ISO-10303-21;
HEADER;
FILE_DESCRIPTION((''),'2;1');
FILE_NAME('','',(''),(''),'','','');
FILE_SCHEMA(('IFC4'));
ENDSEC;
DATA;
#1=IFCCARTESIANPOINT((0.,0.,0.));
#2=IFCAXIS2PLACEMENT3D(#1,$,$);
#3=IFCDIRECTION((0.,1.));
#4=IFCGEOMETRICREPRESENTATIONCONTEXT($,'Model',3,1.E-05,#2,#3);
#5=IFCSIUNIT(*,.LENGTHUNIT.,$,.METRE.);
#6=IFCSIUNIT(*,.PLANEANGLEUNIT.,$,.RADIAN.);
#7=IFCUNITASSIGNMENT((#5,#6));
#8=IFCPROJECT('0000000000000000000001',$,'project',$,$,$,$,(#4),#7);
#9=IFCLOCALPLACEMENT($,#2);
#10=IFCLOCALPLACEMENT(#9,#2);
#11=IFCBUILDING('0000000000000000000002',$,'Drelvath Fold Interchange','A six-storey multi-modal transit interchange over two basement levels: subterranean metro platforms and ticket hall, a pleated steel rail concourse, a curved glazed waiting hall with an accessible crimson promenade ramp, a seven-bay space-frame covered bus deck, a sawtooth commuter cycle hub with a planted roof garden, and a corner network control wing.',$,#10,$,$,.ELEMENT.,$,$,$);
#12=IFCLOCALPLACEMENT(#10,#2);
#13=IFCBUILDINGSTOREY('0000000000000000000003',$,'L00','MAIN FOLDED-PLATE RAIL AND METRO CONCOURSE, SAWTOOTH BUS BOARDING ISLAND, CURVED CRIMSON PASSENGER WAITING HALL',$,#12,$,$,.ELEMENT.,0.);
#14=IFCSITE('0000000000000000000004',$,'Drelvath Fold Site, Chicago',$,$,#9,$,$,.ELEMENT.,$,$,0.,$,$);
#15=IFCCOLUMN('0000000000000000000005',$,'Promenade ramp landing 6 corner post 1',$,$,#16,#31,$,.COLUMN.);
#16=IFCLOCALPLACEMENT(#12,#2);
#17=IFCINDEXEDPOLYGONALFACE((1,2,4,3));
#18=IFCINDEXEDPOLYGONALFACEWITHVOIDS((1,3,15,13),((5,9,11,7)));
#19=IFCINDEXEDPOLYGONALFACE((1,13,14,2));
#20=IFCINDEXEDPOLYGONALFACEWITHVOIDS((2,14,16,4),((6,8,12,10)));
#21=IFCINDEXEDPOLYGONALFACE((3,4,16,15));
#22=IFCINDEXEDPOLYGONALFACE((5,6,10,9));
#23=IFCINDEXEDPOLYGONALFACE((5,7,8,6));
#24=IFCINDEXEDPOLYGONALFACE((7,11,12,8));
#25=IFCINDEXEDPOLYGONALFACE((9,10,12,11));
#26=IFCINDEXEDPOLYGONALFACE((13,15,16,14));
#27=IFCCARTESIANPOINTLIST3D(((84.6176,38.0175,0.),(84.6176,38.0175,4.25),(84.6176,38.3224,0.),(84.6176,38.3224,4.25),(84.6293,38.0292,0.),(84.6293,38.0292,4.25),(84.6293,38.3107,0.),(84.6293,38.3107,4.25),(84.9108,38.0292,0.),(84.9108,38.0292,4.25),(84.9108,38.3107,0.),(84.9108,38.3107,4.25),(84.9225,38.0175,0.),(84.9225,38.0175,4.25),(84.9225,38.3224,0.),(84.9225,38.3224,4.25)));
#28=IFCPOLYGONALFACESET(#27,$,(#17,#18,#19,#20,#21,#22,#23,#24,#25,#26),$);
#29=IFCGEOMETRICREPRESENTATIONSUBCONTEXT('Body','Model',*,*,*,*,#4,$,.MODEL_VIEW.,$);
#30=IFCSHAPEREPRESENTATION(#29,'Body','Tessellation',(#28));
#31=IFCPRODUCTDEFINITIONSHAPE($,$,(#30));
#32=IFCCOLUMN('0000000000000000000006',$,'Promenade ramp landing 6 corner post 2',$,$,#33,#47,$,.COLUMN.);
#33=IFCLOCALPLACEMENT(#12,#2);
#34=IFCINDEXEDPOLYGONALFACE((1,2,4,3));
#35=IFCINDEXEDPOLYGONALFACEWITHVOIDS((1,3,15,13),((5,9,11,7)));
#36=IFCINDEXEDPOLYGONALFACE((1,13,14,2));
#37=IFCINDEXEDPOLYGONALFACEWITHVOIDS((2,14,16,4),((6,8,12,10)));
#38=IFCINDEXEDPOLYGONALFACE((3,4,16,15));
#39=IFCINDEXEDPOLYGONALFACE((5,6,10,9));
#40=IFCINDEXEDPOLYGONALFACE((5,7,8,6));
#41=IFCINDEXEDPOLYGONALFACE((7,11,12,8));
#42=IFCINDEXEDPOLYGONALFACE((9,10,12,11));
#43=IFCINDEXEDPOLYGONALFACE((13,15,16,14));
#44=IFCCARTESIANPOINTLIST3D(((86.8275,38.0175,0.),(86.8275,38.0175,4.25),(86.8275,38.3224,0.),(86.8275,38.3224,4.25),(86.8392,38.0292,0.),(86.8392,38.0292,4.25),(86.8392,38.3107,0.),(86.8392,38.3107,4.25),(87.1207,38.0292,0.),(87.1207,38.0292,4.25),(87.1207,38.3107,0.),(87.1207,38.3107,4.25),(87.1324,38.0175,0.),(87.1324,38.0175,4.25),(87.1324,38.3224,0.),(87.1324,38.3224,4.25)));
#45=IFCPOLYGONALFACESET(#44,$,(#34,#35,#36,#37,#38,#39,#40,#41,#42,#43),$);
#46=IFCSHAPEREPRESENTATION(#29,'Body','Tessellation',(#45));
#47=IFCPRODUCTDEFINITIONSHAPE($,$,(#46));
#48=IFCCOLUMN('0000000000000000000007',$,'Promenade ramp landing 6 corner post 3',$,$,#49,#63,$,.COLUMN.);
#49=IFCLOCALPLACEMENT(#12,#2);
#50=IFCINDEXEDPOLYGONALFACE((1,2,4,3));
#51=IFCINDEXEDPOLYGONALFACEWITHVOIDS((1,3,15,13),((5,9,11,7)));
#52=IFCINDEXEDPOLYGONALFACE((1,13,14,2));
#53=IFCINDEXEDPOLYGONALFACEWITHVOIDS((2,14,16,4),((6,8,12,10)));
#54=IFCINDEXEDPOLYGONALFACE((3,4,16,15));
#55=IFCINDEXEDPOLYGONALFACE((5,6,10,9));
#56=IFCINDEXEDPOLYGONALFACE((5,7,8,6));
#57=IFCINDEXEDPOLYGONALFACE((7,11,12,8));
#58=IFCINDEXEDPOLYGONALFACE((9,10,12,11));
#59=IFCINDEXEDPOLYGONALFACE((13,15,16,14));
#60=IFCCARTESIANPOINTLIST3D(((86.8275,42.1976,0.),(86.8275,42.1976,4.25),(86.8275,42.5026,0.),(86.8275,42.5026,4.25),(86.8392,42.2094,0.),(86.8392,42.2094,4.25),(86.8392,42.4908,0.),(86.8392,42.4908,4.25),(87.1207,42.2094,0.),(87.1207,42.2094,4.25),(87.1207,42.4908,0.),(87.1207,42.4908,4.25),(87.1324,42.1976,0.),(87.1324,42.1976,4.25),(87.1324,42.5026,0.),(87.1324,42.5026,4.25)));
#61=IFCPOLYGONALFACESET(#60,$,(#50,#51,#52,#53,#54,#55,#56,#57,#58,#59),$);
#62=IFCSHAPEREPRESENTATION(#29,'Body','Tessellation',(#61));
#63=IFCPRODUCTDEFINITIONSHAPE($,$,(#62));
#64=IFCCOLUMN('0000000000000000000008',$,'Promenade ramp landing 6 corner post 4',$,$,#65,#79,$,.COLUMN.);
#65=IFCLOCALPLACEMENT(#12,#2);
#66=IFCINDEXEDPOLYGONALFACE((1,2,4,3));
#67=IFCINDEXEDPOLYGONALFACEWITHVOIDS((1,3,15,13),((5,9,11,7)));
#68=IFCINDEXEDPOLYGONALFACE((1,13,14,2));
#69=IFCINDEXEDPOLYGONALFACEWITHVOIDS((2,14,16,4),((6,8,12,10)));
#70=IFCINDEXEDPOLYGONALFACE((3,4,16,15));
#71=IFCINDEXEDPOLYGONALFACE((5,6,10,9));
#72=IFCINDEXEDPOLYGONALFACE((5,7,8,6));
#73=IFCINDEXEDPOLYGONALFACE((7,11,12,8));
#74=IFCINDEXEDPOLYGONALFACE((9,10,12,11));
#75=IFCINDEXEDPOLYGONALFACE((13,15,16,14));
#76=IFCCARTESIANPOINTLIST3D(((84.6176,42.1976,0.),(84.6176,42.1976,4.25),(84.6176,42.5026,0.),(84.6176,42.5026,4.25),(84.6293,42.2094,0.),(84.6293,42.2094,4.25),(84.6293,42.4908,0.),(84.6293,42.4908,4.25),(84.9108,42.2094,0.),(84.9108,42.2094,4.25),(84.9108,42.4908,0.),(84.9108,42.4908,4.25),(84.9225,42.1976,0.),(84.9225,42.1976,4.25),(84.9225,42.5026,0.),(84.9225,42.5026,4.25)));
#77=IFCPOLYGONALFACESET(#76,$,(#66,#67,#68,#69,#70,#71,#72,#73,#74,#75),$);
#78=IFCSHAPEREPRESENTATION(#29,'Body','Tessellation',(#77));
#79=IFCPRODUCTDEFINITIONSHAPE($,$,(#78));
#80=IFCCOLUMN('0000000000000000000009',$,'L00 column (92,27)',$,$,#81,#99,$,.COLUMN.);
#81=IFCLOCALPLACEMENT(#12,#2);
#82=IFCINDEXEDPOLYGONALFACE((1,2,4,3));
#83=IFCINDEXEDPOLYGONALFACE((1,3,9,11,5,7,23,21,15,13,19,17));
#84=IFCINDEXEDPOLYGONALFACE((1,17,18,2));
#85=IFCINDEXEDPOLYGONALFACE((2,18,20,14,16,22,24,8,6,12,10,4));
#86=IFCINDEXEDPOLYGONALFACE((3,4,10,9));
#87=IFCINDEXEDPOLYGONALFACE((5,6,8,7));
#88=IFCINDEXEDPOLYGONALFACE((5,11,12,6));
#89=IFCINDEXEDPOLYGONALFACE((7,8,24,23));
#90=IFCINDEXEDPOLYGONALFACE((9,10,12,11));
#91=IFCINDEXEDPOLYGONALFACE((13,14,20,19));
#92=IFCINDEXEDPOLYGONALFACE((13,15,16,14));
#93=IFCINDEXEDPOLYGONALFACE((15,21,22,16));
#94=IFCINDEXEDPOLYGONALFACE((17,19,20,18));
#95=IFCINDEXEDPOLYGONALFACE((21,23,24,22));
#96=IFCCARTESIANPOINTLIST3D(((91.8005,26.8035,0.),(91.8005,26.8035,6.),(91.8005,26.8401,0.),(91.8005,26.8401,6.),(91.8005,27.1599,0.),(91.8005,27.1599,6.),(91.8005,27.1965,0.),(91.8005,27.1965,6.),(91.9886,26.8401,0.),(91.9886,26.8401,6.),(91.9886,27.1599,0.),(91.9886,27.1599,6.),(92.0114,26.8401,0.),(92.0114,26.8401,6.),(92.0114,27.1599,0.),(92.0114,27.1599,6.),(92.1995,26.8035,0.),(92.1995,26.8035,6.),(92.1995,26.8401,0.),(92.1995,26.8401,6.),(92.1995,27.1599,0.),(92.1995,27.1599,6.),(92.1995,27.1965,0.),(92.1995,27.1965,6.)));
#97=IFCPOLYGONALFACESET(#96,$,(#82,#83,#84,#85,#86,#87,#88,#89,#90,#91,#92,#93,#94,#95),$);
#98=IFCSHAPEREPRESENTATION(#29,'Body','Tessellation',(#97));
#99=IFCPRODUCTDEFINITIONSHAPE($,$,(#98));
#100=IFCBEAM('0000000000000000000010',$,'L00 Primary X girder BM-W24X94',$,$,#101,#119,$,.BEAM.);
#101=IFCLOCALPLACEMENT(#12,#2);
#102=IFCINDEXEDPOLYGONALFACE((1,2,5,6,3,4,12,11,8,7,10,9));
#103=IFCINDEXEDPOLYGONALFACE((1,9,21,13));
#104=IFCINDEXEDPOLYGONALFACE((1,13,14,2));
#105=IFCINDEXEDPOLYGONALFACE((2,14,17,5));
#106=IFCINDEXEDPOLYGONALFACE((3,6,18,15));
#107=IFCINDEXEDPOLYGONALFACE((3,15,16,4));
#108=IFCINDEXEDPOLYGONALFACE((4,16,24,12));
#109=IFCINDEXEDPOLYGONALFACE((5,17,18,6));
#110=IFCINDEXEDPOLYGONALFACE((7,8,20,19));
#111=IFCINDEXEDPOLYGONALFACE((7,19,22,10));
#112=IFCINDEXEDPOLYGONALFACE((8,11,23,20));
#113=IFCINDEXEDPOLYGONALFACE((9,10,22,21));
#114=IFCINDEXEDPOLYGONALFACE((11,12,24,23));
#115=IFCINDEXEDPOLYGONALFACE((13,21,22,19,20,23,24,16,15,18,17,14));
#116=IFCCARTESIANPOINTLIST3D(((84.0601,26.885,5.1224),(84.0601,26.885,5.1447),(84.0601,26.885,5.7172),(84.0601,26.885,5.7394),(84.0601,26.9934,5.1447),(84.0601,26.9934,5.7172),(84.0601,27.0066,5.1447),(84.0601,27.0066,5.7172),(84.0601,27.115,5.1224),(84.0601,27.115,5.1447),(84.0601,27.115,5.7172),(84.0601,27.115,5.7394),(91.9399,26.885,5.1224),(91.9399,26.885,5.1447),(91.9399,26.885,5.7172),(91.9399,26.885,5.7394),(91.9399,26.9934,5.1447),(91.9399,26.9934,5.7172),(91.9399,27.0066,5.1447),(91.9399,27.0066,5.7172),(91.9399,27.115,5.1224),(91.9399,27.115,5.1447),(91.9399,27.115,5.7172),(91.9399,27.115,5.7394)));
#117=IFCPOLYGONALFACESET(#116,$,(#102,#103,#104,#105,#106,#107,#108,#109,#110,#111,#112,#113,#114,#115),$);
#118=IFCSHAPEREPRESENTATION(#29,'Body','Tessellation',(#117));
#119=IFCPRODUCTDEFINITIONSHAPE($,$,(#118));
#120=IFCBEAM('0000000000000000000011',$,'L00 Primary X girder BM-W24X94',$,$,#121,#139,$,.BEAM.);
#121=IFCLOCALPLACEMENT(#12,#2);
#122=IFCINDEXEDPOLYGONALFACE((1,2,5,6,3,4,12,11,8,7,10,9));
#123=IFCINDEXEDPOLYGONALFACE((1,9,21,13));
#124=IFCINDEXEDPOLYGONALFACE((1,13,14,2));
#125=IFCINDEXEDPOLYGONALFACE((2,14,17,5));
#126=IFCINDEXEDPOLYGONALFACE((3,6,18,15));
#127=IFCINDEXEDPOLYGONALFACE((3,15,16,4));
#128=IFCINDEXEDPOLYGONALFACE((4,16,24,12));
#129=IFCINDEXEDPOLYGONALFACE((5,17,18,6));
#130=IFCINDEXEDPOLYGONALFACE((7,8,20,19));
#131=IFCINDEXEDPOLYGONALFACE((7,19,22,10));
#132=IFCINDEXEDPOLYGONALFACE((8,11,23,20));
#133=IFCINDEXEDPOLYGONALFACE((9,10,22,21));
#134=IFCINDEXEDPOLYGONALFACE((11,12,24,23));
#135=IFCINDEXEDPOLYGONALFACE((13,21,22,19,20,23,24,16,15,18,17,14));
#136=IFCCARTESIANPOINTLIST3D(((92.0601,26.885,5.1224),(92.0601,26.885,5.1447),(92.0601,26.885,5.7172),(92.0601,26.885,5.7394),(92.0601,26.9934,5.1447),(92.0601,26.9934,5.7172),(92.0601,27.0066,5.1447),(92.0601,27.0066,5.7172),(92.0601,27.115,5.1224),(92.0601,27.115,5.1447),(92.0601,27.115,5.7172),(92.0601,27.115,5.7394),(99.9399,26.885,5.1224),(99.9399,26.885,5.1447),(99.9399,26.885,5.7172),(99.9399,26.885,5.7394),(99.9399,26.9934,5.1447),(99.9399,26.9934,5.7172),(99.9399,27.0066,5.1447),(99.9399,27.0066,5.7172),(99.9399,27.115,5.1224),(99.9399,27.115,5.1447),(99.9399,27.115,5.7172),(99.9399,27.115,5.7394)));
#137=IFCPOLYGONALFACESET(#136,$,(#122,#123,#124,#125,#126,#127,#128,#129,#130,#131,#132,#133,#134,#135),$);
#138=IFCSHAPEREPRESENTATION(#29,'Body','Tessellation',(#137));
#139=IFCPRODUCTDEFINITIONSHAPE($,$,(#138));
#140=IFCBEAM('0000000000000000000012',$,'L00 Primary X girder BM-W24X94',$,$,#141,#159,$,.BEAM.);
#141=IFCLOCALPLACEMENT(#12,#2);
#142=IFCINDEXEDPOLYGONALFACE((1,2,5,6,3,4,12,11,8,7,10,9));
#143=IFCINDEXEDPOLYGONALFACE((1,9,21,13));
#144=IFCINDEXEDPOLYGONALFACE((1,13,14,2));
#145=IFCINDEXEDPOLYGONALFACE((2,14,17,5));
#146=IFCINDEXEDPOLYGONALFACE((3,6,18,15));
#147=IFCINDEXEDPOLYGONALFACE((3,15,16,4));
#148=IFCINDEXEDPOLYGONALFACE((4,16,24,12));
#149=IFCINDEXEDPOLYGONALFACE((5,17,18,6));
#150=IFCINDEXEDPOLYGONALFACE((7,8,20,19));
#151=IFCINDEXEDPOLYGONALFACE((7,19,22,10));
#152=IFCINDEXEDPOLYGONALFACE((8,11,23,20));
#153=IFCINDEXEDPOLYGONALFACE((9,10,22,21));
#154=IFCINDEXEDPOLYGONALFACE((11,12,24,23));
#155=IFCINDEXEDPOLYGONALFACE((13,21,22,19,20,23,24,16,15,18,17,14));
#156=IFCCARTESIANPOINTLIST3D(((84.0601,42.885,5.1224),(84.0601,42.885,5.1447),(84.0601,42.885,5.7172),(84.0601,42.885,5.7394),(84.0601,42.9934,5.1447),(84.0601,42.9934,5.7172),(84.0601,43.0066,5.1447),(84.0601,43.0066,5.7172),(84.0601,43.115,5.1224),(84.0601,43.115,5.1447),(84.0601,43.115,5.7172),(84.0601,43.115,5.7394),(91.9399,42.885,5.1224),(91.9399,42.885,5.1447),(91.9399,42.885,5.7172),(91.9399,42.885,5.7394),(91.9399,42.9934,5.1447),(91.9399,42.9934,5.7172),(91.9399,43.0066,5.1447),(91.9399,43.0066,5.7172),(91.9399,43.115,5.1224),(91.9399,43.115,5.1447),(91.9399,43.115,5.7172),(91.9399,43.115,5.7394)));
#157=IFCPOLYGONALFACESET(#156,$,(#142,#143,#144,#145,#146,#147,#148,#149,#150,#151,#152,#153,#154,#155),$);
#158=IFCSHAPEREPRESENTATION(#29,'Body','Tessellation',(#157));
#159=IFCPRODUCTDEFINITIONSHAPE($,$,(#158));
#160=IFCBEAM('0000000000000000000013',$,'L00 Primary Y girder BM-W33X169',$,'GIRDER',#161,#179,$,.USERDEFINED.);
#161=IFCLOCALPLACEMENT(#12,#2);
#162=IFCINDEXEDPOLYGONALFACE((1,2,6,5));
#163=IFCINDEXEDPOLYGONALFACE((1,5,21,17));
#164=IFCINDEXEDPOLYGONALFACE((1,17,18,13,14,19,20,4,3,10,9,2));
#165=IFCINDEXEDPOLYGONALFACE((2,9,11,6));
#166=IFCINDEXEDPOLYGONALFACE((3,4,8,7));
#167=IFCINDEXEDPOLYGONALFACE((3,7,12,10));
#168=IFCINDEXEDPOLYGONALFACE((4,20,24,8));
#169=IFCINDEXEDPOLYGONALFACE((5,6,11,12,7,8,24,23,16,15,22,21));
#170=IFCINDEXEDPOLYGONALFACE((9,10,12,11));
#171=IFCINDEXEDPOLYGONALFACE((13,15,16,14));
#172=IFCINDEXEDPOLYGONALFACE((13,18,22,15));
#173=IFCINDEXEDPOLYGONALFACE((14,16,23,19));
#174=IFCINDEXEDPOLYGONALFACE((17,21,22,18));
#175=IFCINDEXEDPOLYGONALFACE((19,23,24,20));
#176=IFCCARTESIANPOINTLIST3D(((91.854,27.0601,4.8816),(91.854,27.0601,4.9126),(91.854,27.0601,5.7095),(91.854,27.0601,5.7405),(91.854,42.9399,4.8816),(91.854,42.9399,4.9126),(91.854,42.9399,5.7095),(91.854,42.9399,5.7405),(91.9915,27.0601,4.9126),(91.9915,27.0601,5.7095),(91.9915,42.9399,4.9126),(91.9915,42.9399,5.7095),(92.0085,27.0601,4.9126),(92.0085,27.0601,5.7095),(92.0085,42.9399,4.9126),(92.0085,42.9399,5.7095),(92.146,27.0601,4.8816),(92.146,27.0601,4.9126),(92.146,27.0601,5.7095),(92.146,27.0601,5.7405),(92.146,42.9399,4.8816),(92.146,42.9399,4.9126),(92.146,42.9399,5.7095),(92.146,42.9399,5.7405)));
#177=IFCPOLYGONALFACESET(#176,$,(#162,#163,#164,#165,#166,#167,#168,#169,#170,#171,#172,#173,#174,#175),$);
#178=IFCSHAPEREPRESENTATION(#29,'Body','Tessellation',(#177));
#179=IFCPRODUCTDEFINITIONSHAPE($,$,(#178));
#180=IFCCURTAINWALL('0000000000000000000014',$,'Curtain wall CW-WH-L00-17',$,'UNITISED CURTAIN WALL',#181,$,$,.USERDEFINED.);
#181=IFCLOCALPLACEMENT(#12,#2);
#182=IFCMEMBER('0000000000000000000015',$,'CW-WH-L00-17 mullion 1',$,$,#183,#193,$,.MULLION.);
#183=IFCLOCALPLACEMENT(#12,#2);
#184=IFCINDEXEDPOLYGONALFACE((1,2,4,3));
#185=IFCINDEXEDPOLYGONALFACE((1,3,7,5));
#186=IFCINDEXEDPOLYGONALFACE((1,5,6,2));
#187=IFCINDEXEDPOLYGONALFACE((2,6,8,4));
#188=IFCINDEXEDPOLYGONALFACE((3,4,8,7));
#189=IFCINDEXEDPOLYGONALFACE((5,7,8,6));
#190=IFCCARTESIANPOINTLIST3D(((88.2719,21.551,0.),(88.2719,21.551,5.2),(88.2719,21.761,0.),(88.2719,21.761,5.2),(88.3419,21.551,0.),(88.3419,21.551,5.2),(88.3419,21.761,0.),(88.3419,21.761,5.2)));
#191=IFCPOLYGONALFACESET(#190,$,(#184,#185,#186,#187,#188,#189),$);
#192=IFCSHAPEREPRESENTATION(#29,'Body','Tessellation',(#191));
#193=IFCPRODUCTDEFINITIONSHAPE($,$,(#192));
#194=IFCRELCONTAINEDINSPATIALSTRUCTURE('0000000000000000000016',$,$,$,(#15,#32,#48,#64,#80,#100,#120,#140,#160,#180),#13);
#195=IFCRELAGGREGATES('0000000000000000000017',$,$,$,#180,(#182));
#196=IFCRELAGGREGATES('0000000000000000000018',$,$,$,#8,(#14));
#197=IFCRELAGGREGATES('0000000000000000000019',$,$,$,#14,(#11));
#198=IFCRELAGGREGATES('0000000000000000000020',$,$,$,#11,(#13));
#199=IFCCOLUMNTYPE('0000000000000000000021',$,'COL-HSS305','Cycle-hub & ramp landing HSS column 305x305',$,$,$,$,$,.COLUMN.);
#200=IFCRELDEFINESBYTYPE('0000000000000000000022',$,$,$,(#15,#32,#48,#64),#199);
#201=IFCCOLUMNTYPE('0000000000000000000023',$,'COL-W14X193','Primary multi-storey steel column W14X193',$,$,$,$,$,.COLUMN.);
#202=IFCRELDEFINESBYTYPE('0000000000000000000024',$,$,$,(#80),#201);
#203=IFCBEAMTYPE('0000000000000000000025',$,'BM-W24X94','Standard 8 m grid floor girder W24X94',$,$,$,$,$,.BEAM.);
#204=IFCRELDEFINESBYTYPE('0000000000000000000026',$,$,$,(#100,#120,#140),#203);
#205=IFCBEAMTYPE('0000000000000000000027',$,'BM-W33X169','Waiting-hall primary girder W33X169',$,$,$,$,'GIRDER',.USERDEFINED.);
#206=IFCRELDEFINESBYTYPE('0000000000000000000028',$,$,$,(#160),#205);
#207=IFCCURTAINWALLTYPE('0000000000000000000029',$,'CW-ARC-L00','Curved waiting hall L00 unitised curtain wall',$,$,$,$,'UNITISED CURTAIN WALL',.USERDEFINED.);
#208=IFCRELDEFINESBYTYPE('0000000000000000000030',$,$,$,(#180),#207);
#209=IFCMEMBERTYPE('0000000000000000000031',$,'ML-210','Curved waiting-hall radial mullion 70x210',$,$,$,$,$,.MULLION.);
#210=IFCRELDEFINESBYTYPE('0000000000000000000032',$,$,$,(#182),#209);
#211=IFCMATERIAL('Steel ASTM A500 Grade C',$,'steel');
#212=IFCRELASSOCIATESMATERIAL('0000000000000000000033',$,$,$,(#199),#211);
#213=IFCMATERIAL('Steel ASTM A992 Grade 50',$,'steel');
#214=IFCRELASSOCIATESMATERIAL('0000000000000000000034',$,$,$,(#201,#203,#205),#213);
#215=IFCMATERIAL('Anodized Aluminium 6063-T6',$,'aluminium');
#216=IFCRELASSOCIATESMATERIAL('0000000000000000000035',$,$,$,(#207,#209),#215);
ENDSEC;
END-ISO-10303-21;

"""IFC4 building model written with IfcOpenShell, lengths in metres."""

from ifc_helpers import new_model, si_unit, direction, frame, origin, origin_2d, place, context, subcontext, project, spatial, rectangle, hollow_rectangle, i_section, extrude, material, material_profile, profile_set, type_object, element, aggregate, save


model = new_model("IFC4")

# Units and contexts
model_context = context("Model", 3, precision=1e-05, world=origin(), true_north=direction((0.0, 1.0)))
body_context = subcontext(model_context, "Body", "Model", "MODEL_VIEW")
ifc_project = project(units=[si_unit("LENGTHUNIT", "METRE"), si_unit("PLANEANGLEUNIT", "RADIAN")], contexts=[model_context])

# Site, building, storey
site_placement = place(None, origin())
site = spatial("IfcSite", under=ifc_project, at=site_placement, Name="Drelvath Fold Site, Chicago", CompositionType="ELEMENT", RefElevation=0.0)
building_placement = place(site_placement, origin())
building = spatial("IfcBuilding", under=site, at=building_placement, Name="Drelvath Fold Interchange", Description="A six-storey multi-modal transit interchange over two basement levels: subterranean metro platforms and ticket hall, a pleated steel rail concourse, a curved glazed waiting hall with an accessible crimson promenade ramp, a seven-bay space-frame covered bus deck, a sawtooth commuter cycle hub with a planted roof garden, and a corner network control wing.", CompositionType="ELEMENT")
storey_placement = place(building_placement, origin())
storey = spatial("IfcBuildingStorey", under=building, at=storey_placement, Name="L00", Description="MAIN FOLDED-PLATE RAIL AND METRO CONCOURSE, SAWTOOTH BUS BOARDING ISLAND, CURVED CRIMSON PASSENGER WAITING HALL", CompositionType="ELEMENT", Elevation=0.0)

# Columns
ifc_material_1 = material(Name="Steel ASTM A500 Grade C", Category="steel")
ifc_material_profile_1 = material_profile(ifc_material_1, hollow_rectangle(XDim=0.3049, YDim=0.3049, WallThickness=0.0117, at=origin_2d()), Name="HSS12X12X1/2")
ifc_profile_set_1 = profile_set([ifc_material_profile_1], Name="Steel ASTM A500 Grade C")
column_type_1 = type_object("IfcColumnType", Name="COL-HSS305", Description="Cycle-hub & ramp landing HSS column 305x305", PredefinedType="COLUMN", material=ifc_profile_set_1)
for number, where, z_axis, x_axis, name in (
    (1, (84.77, 38.1699, 0.0), (0.0, 0.0, 1.0), (1.0, 0.0, 0.0), "Promenade ramp landing 6 corner post 1"),
    (2, (86.98, 38.1699, 0.0), (0.0, 0.0, 1.0), (1.0, 0.0, 0.0), "Promenade ramp landing 6 corner post 2"),
    (3, (86.98, 42.3501, 0.0), (0.0, 0.0, 1.0), (1.0, 0.0, 0.0), "Promenade ramp landing 6 corner post 3"),
    (4, (84.77, 42.3501, 0.0), (0.0, 0.0, 1.0), (1.0, 0.0, 0.0), "Promenade ramp landing 6 corner post 4"),
):
    element("IfcColumn", number, at=place(storey_placement, frame(where, z_axis=z_axis, x_axis=x_axis)), inside=storey, type_object=column_type_1, Name=name, PredefinedType="COLUMN", context=body_context, shape_type="SweptSolid", body=[
        extrude(hollow_rectangle(XDim=0.3049, YDim=0.3049, WallThickness=0.0117, at=origin_2d()), origin(), (0.0, 0.0, 1.0), 4.25),
    ])
ifc_material_2 = material(Name="Steel ASTM A992 Grade 50", Category="steel")
ifc_material_profile_2 = material_profile(ifc_material_2, i_section(OverallWidth=0.3989, OverallDepth=0.3931, WebThickness=0.0227, FlangeThickness=0.0366, at=origin_2d()), Name="W14X193")
ifc_profile_set_2 = profile_set([ifc_material_profile_2], Name="Steel ASTM A992 Grade 50")
column_type_2 = type_object("IfcColumnType", Name="COL-W14X193", Description="Primary multi-storey steel column W14X193", PredefinedType="COLUMN", material=ifc_profile_set_2)
column_1_placement = place(storey_placement, frame((92.0, 27.0, 0.0), z_axis=(0.0, 0.0, 1.0), x_axis=(1.0, 0.0, 0.0)))
element("IfcColumn", 5, at=column_1_placement, inside=storey, type_object=column_type_2, Name="L00 column (92,27)", PredefinedType="COLUMN", context=body_context, shape_type="SweptSolid", body=[
    extrude(i_section(OverallWidth=0.3989, OverallDepth=0.3931, WebThickness=0.0227, FlangeThickness=0.0366, at=origin_2d()), origin(), (0.0, 0.0, 1.0), 6.0),
])

# Beams
ifc_material_profile_3 = material_profile(ifc_material_2, i_section(OverallWidth=0.23, OverallDepth=0.6169, WebThickness=0.0132, FlangeThickness=0.0222, at=origin_2d()), Name="W24X94")
ifc_profile_set_3 = profile_set([ifc_material_profile_3], Name="Steel ASTM A992 Grade 50")
beam_type_1 = type_object("IfcBeamType", Name="BM-W24X94", Description="Standard 8 m grid floor girder W24X94", PredefinedType="BEAM", material=ifc_profile_set_3)
for number, where, z_axis, x_axis, name in (
    (6, (84.0601, 27.0, 5.4309), (1.0, 0.0, 0.0), (0.0, 1.0, 0.0), "L00 Primary X girder BM-W24X94"),
    (7, (92.0601, 27.0, 5.4309), (1.0, 0.0, 0.0), (0.0, 1.0, 0.0), "L00 Primary X girder BM-W24X94"),
    (8, (84.0601, 43.0, 5.4309), (1.0, 0.0, 0.0), (0.0, 1.0, 0.0), "L00 Primary X girder BM-W24X94"),
):
    element("IfcBeam", number, at=place(storey_placement, frame(where, z_axis=z_axis, x_axis=x_axis)), inside=storey, type_object=beam_type_1, Name=name, PredefinedType="BEAM", context=body_context, shape_type="SweptSolid", body=[
        extrude(i_section(OverallWidth=0.23, OverallDepth=0.6169, WebThickness=0.0132, FlangeThickness=0.0222, at=origin_2d()), origin(), (0.0, 0.0, 1.0), 7.8799),
    ])
ifc_material_profile_4 = material_profile(ifc_material_2, i_section(OverallWidth=0.292, OverallDepth=0.8589, WebThickness=0.0171, FlangeThickness=0.031, at=origin_2d()), Name="W33X169")
ifc_profile_set_4 = profile_set([ifc_material_profile_4], Name="Steel ASTM A992 Grade 50")
beam_type_2 = type_object("IfcBeamType", Name="BM-W33X169", Description="Waiting-hall primary girder W33X169", ElementType="GIRDER", PredefinedType="USERDEFINED", material=ifc_profile_set_4)
beam_placement = place(storey_placement, frame((92.0, 27.0601, 5.311), z_axis=(0.0, 1.0, 0.0), x_axis=(-1.0, 0.0, 0.0)))
element("IfcBeam", 9, at=beam_placement, inside=storey, type_object=beam_type_2, Name="L00 Primary Y girder BM-W33X169", ObjectType="GIRDER", PredefinedType="USERDEFINED", context=body_context, shape_type="SweptSolid", body=[
    extrude(i_section(OverallWidth=0.292, OverallDepth=0.8589, WebThickness=0.0171, FlangeThickness=0.031, at=origin_2d()), origin(), (0.0, 0.0, 1.0), 15.8799),
])

# Curtain wall, member
ifc_material_3 = material(Name="Anodized Aluminium 6063-T6", Category="aluminium")
curtain_wall_type = type_object("IfcCurtainWallType", Name="CW-ARC-L00", Description="Curved waiting hall L00 unitised curtain wall", ElementType="UNITISED CURTAIN WALL", PredefinedType="USERDEFINED", material=ifc_material_3)
curtain_wall_1_placement = place(storey_placement, origin())
curtain_wall_1 = element("IfcCurtainWall", 10, at=curtain_wall_1_placement, inside=storey, type_object=curtain_wall_type, Name="Curtain wall CW-WH-L00-17", ObjectType="UNITISED CURTAIN WALL", PredefinedType="USERDEFINED")
ifc_material_profile_5 = material_profile(ifc_material_3, rectangle(XDim=0.0701, YDim=0.21, at=origin_2d()), Name="AL-M 70x210")
ifc_profile_set_5 = profile_set([ifc_material_profile_5], Name="Anodized Aluminium 6063-T6")
member_type_1 = type_object("IfcMemberType", Name="ML-210", Description="Curved waiting-hall radial mullion 70x210", PredefinedType="MULLION", material=ifc_profile_set_5)
member_1_placement = place(storey_placement, frame((88.3069, 21.656, 0.0), z_axis=(0.0, 0.0, 1.0), x_axis=(1.0, 0.0, 0.0)))
member_1 = element("IfcMember", 11, at=member_1_placement, type_object=member_type_1, Name="CW-WH-L00-17 mullion 1", PredefinedType="MULLION", context=body_context, shape_type="SweptSolid", body=[
    extrude(rectangle(XDim=0.0701, YDim=0.21, at=origin_2d()), origin(), (0.0, 0.0, 1.0), 5.2),
])
aggregate(curtain_wall_1, [member_1])

save(model, "model.ifc")
